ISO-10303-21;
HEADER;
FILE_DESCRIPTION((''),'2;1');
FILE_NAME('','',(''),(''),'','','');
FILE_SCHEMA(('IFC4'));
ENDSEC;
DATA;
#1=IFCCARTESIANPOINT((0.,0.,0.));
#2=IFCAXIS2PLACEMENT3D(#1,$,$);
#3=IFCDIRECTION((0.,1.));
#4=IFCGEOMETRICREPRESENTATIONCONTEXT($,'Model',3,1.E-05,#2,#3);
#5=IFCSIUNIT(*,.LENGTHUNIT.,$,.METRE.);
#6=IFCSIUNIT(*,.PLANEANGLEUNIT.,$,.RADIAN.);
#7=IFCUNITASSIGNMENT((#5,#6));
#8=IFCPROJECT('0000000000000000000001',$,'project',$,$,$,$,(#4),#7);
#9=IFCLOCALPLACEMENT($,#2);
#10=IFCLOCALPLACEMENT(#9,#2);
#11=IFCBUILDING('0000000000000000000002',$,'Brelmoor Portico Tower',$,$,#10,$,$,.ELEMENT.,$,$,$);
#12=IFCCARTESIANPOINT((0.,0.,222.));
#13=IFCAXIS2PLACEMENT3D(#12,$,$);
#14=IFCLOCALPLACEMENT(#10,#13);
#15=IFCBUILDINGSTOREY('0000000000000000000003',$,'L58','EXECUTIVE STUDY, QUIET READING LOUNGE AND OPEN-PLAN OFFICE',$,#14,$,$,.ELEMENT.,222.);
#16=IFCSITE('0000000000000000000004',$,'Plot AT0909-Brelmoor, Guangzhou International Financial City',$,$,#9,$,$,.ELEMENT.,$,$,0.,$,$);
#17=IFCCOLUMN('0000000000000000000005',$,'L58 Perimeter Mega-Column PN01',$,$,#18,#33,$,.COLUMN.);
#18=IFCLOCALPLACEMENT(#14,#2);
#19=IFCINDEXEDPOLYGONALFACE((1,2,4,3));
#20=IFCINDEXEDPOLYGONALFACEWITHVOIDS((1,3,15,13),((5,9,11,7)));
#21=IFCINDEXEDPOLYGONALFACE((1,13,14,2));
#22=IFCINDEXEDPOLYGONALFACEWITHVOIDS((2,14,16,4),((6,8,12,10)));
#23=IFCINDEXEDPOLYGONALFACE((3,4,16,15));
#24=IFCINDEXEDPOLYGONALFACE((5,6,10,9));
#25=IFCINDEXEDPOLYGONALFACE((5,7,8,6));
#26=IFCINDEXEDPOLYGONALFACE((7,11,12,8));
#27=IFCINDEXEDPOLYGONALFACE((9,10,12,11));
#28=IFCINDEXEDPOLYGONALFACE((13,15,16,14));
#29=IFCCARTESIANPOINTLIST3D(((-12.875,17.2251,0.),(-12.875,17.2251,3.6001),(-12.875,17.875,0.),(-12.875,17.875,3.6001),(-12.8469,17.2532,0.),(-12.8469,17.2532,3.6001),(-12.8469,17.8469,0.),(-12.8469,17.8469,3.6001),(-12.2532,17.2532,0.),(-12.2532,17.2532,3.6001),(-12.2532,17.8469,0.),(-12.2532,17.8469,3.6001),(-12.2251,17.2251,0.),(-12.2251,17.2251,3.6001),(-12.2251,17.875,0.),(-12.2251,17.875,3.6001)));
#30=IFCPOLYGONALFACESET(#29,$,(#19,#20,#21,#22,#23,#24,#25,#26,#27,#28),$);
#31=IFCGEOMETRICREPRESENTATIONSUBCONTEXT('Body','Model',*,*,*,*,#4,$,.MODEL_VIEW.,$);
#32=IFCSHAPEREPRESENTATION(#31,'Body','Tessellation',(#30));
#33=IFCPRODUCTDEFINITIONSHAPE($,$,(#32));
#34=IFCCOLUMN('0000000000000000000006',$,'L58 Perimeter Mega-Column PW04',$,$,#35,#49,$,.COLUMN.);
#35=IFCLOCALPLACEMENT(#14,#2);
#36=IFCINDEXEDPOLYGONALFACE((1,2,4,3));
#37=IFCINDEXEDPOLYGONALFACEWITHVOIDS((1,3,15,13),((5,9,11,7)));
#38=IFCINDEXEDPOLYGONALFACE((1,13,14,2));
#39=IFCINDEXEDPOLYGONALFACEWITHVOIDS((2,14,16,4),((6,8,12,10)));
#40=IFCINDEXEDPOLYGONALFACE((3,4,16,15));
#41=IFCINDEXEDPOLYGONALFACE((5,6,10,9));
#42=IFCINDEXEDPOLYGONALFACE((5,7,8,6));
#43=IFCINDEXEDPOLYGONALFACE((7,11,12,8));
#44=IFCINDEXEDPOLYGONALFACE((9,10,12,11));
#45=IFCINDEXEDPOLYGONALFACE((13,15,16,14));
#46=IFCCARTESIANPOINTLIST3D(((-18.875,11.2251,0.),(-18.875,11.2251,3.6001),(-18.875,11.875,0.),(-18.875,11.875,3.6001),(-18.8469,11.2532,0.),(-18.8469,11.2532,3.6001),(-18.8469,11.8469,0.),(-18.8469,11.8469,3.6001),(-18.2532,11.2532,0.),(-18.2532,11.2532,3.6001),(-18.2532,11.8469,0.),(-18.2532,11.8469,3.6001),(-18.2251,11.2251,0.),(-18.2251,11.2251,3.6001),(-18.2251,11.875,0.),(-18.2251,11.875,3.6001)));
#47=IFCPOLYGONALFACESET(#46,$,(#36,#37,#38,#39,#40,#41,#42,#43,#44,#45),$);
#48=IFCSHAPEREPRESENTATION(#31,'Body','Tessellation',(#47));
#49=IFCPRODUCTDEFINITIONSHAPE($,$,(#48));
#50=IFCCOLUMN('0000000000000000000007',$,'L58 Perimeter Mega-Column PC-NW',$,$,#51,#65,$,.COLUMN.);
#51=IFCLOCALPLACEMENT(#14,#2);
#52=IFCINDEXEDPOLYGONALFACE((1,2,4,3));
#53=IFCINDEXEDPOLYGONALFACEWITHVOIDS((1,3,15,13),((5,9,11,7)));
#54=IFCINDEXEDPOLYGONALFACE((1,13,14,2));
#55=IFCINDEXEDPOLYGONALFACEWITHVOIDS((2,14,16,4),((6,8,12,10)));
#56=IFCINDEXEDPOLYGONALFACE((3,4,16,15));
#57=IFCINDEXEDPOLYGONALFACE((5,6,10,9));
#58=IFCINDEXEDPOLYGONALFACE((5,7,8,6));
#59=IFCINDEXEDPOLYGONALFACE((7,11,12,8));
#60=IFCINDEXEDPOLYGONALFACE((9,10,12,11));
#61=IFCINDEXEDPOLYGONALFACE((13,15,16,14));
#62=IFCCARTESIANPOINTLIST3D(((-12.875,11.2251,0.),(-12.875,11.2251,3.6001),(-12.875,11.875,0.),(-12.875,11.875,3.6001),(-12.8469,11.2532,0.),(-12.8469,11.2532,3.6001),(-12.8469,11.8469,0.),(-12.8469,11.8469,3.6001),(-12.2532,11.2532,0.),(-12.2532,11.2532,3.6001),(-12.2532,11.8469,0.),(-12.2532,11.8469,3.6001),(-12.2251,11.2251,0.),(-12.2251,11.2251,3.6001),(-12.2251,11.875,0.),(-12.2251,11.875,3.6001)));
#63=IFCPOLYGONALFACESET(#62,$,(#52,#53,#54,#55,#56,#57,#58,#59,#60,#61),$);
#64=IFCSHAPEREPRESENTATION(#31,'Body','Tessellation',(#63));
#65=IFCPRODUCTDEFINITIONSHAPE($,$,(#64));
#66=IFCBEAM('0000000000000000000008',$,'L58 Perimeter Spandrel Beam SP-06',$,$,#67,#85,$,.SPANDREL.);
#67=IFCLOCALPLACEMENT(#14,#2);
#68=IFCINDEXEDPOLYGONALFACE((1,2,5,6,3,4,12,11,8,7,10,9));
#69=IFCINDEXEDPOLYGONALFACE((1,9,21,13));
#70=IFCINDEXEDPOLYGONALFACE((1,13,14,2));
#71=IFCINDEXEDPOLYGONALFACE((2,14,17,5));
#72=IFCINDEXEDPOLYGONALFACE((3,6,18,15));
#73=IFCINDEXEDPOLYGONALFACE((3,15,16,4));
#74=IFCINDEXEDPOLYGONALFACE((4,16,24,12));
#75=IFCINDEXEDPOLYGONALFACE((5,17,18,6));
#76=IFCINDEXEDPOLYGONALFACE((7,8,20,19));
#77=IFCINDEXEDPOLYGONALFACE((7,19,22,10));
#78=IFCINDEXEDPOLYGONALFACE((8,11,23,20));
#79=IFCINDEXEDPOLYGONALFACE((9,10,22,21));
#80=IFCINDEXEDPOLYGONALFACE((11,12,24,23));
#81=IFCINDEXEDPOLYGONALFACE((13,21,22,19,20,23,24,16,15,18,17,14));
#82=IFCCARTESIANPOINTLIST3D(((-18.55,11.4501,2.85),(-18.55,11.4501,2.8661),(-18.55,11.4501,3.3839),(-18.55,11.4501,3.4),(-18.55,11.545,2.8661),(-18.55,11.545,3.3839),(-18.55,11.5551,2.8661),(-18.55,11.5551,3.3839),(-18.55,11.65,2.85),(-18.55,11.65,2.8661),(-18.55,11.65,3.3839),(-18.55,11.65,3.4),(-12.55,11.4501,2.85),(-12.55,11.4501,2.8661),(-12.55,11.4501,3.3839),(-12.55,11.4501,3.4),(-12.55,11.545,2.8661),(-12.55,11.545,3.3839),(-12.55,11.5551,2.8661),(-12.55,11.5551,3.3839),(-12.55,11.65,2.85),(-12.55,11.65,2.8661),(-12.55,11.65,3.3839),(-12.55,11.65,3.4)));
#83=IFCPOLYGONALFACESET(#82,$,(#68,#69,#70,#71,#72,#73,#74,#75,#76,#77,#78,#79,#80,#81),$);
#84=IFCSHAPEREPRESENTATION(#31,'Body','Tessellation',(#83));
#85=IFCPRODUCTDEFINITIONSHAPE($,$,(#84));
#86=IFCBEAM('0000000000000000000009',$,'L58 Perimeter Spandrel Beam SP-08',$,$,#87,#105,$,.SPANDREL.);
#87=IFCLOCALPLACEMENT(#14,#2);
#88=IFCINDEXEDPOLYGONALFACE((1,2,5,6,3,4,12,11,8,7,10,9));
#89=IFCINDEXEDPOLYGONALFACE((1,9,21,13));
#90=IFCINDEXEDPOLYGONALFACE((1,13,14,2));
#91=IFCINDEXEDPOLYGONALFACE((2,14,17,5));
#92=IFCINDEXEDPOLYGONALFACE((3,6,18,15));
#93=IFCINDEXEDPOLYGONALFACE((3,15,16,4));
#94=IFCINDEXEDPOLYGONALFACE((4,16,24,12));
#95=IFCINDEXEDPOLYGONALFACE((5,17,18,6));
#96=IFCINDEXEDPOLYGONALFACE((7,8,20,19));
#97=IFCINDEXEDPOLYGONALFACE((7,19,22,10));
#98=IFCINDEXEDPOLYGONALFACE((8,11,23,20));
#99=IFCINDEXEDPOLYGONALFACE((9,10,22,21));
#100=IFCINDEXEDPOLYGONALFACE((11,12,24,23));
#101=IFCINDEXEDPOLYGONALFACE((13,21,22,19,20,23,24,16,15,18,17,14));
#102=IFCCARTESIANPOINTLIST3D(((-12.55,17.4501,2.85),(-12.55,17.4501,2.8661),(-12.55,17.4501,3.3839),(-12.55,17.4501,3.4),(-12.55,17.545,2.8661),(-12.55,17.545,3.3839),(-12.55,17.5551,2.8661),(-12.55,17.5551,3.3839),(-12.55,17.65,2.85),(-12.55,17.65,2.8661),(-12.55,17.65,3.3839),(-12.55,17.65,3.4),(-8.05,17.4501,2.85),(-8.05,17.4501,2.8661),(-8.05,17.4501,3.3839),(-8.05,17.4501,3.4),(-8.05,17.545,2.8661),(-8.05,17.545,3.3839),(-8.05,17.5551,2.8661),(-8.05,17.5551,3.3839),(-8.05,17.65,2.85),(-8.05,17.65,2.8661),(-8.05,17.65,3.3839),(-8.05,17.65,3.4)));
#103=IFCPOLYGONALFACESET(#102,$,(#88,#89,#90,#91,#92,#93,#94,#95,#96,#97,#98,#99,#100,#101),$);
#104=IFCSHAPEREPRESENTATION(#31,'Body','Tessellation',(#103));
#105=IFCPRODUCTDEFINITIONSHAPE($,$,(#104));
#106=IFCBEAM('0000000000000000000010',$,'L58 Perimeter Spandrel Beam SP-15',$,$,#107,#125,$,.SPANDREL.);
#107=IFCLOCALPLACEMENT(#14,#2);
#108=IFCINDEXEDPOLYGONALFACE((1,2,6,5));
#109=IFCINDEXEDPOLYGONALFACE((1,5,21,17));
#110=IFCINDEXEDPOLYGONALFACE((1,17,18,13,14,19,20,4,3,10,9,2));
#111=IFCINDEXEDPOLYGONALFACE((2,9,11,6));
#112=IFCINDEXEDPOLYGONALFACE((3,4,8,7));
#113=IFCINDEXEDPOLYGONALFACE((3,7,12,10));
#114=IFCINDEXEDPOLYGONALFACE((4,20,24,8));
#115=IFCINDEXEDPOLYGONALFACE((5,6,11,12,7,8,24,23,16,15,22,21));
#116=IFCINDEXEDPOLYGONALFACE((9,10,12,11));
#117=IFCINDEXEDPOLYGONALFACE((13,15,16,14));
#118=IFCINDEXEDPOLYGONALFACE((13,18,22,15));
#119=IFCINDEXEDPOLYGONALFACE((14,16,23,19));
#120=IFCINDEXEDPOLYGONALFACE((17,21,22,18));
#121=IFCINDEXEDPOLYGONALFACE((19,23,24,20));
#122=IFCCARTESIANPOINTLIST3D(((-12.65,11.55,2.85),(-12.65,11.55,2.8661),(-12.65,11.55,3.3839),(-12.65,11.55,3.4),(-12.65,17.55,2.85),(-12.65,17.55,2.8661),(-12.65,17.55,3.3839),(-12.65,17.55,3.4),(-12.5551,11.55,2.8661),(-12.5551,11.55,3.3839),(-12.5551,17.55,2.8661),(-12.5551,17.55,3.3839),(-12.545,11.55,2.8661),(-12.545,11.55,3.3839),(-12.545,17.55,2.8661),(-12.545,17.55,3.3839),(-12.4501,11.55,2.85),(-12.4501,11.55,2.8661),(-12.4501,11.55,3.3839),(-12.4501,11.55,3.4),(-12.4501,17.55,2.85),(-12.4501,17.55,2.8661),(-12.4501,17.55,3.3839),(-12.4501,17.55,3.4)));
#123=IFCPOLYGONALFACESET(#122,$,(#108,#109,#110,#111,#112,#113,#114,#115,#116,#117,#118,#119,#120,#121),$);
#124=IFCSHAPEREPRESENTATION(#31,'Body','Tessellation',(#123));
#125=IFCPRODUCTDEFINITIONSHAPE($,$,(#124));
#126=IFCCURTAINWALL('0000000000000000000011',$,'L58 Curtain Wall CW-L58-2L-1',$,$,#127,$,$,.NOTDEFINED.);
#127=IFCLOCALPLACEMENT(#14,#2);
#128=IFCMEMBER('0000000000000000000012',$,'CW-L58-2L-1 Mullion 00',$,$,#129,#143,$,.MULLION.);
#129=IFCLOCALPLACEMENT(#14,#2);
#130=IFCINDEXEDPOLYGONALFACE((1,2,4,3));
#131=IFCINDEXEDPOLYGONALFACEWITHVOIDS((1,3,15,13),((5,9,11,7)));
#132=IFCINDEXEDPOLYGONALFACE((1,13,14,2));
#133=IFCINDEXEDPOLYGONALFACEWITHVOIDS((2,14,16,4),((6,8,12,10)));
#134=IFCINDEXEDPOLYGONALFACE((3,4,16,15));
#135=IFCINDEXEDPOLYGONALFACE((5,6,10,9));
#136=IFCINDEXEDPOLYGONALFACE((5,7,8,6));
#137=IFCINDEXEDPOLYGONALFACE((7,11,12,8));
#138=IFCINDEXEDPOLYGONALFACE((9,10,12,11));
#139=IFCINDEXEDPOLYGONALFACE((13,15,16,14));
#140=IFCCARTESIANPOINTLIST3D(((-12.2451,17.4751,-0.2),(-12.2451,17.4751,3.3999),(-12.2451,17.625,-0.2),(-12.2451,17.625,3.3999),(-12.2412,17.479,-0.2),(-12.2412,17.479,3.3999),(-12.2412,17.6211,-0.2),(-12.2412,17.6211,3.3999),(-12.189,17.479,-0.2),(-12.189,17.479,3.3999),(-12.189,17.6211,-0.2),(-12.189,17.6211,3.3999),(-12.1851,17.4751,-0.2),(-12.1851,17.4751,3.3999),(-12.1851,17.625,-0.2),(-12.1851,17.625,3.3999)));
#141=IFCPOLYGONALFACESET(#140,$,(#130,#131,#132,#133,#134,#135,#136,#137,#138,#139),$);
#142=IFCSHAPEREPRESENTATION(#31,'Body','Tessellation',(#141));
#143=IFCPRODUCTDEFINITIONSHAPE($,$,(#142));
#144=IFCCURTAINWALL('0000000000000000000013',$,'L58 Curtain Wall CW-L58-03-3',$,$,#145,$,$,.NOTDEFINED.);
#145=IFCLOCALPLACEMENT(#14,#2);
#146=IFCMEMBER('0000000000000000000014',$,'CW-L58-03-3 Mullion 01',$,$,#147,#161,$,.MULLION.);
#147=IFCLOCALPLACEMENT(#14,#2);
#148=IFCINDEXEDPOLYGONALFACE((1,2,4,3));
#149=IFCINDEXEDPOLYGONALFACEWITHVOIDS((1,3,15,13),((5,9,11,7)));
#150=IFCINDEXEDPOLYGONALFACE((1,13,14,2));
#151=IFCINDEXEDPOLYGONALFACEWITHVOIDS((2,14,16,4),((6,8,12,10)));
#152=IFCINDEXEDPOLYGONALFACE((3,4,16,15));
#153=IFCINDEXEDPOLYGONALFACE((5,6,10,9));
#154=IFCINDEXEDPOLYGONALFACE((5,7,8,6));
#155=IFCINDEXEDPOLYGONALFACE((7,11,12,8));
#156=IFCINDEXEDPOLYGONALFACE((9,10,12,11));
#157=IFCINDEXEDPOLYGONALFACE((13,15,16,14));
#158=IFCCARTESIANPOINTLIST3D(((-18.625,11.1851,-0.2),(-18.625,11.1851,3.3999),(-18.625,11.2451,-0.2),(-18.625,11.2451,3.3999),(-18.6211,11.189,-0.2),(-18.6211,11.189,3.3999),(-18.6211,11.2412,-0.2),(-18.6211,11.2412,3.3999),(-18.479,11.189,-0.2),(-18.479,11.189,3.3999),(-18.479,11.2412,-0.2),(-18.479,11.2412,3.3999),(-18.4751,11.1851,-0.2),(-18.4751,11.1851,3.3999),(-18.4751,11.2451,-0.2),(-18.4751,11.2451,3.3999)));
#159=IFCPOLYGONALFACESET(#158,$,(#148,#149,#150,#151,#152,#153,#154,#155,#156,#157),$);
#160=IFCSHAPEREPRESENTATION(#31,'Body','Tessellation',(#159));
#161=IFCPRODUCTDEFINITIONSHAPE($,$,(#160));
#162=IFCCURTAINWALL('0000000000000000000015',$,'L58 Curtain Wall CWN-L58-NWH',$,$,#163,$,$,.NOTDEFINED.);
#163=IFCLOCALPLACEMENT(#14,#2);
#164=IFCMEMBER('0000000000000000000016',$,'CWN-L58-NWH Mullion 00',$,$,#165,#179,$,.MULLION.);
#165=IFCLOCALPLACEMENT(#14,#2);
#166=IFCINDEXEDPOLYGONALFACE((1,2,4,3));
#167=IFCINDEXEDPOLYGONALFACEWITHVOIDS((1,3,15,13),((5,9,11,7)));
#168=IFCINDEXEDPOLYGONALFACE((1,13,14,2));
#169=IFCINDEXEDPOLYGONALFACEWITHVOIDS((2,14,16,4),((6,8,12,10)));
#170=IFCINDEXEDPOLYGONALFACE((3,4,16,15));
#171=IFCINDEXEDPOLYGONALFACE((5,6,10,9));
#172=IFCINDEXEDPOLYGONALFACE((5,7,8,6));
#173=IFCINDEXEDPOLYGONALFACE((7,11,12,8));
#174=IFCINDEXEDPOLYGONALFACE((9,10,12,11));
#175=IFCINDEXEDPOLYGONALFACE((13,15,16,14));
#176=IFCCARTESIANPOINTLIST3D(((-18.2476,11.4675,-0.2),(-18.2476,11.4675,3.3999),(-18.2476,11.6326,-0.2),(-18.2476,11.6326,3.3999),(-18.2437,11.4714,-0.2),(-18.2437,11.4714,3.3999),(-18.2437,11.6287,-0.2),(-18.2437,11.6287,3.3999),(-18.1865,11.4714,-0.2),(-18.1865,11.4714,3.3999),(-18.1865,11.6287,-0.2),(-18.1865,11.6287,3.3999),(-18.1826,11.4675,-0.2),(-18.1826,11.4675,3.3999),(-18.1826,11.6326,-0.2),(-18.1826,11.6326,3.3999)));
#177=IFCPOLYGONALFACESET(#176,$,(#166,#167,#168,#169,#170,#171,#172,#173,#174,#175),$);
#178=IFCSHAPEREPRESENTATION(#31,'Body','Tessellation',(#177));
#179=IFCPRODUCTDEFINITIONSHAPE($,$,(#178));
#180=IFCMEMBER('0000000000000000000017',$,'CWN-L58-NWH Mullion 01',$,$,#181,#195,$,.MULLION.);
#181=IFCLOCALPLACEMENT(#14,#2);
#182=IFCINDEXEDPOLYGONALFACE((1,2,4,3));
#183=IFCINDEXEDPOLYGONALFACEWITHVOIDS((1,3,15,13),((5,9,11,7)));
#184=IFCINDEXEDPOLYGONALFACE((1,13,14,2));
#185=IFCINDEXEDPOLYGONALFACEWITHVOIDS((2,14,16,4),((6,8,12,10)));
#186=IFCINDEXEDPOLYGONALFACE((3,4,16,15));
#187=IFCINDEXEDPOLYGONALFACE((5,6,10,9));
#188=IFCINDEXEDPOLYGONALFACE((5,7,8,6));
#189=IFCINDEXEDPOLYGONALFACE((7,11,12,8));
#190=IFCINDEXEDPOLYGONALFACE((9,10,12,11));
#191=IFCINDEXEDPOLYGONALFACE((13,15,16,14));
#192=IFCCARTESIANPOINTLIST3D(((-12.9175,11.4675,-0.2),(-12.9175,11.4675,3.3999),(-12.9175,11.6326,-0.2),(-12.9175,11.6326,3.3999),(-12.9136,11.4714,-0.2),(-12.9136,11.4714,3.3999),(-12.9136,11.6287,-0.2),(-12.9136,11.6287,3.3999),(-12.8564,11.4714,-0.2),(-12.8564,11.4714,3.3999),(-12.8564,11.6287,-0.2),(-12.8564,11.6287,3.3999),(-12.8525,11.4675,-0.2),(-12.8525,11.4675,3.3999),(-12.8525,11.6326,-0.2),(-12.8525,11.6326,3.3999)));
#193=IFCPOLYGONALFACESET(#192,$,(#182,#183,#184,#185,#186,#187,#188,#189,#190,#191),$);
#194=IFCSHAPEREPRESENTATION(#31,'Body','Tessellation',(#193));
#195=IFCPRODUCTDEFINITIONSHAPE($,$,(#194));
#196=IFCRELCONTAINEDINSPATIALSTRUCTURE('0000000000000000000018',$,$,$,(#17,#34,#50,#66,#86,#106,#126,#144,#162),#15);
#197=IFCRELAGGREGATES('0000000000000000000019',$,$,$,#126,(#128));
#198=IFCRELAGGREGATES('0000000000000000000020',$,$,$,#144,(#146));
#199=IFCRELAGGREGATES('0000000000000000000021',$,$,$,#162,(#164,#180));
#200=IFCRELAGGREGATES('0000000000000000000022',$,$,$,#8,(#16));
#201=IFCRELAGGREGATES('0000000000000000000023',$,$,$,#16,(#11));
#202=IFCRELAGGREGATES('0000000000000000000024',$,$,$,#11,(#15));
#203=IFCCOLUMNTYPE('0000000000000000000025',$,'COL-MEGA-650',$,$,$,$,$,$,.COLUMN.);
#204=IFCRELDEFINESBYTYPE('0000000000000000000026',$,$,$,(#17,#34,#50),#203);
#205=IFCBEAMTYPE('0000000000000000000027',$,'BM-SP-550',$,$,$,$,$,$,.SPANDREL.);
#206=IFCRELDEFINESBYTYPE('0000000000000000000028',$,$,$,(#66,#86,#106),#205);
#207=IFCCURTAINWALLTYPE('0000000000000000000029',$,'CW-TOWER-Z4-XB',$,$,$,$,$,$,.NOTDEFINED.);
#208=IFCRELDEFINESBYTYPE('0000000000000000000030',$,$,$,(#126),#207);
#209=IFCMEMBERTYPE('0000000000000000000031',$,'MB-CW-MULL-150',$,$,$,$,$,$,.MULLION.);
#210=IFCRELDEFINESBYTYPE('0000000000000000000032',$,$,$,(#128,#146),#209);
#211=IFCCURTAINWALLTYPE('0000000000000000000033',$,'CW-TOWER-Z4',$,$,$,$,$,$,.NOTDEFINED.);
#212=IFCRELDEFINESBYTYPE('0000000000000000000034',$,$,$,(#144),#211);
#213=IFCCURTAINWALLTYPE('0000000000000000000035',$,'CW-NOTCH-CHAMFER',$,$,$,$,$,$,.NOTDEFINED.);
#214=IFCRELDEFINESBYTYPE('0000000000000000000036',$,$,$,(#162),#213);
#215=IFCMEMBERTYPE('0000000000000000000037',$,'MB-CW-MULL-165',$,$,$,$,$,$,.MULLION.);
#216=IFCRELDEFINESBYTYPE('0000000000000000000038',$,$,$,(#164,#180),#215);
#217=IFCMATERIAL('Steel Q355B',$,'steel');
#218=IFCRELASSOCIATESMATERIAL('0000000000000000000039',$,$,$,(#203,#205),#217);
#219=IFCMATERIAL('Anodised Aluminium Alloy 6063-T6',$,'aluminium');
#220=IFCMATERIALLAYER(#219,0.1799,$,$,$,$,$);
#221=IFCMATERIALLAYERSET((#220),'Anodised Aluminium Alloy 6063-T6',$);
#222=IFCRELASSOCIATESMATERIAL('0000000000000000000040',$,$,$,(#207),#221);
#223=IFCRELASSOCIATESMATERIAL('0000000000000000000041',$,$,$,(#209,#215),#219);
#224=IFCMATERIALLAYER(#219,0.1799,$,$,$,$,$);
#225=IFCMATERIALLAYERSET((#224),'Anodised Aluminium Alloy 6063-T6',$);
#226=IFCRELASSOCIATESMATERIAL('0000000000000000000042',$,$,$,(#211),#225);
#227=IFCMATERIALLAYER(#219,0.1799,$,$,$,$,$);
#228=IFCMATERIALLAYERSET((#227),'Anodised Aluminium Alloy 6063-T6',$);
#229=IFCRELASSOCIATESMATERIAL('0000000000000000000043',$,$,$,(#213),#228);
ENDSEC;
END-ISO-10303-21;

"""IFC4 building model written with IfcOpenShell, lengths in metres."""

from ifc_helpers import new_model, si_unit, direction, frame, origin, origin_2d, place, context, subcontext, project, spatial, hollow_rectangle, i_section, extrude, material, layer, layer_set, material_profile, profile_set, type_object, element, aggregate, save


model = new_model("IFC4")

# Units and contexts
model_context = context("Model", 3, precision=1e-05, world=origin(), true_north=direction((0.0, 1.0)))
body_context = subcontext(model_context, "Body", "Model", "MODEL_VIEW")
ifc_project = project(units=[si_unit("LENGTHUNIT", "METRE"), si_unit("PLANEANGLEUNIT", "RADIAN")], contexts=[model_context])

# Site, building, storey
site_placement = place(None, origin())
site = spatial("IfcSite", under=ifc_project, at=site_placement, Name="Plot AT0909-Brelmoor, Guangzhou International Financial City", CompositionType="ELEMENT", RefElevation=0.0)
building_placement = place(site_placement, origin())
building = spatial("IfcBuilding", under=site, at=building_placement, Name="Brelmoor Portico Tower", CompositionType="ELEMENT")
storey_placement = place(building_placement, frame((0.0, 0.0, 222.0)))
storey = spatial("IfcBuildingStorey", under=building, at=storey_placement, Name="L58", Description="EXECUTIVE STUDY, QUIET READING LOUNGE AND OPEN-PLAN OFFICE", CompositionType="ELEMENT", Elevation=222.0)

# Columns
ifc_material_1 = material(Name="Steel Q355B", Category="steel")
ifc_material_profile_1 = material_profile(ifc_material_1, hollow_rectangle(XDim=0.6499, YDim=0.6499, WallThickness=0.0281, at=origin_2d()), Name="BOX 650x650x28")
ifc_profile_set_1 = profile_set([ifc_material_profile_1], Name="Steel Q355B")
column_type = type_object("IfcColumnType", Name="COL-MEGA-650", PredefinedType="COLUMN", material=ifc_profile_set_1)
for number, where, z_axis, x_axis, name in (
    (1, (-12.55, 17.55, 0.0), (0.0, 0.0, 1.0), (1.0, 0.0, 0.0), "L58 Perimeter Mega-Column PN01"),
    (2, (-18.55, 11.55, 0.0), (0.0, 0.0, 1.0), (0.0, 1.0, 0.0), "L58 Perimeter Mega-Column PW04"),
    (3, (-12.55, 11.55, 0.0), (0.0, 0.0, 1.0), (1.0, 0.0, 0.0), "L58 Perimeter Mega-Column PC-NW"),
):
    element("IfcColumn", number, at=place(storey_placement, frame(where, z_axis=z_axis, x_axis=x_axis)), inside=storey, type_object=column_type, Name=name, PredefinedType="COLUMN", context=body_context, shape_type="SweptSolid", body=[
        extrude(hollow_rectangle(XDim=0.6499, YDim=0.6499, WallThickness=0.0281, at=origin_2d()), origin(), (0.0, 0.0, 1.0), 3.6001),
    ])

# Beams
ifc_material_profile_2 = material_profile(ifc_material_1, i_section(OverallWidth=0.2, OverallDepth=0.55, WebThickness=0.01, FlangeThickness=0.0161, at=origin_2d()), Name="HN 550x200x10x16")
ifc_profile_set_2 = profile_set([ifc_material_profile_2], Name="Steel Q355B")
beam_type = type_object("IfcBeamType", Name="BM-SP-550", PredefinedType="SPANDREL", material=ifc_profile_set_2)
beam_1_placement = place(storey_placement, frame((-18.55, 11.55, 3.125), z_axis=(1.0, 0.0, 0.0), x_axis=(0.0, 1.0, 0.0)))
element("IfcBeam", 4, at=beam_1_placement, inside=storey, type_object=beam_type, Name="L58 Perimeter Spandrel Beam SP-06", PredefinedType="SPANDREL", context=body_context, shape_type="SweptSolid", body=[
    extrude(i_section(OverallWidth=0.2, OverallDepth=0.55, WebThickness=0.01, FlangeThickness=0.0161, at=origin_2d()), origin(), (0.0, 0.0, 1.0), 6.0),
])
beam_2_placement = place(storey_placement, frame((-12.55, 17.55, 3.125), z_axis=(1.0, 0.0, 0.0), x_axis=(0.0, 1.0, 0.0)))
element("IfcBeam", 5, at=beam_2_placement, inside=storey, type_object=beam_type, Name="L58 Perimeter Spandrel Beam SP-08", PredefinedType="SPANDREL", context=body_context, shape_type="SweptSolid", body=[
    extrude(i_section(OverallWidth=0.2, OverallDepth=0.55, WebThickness=0.01, FlangeThickness=0.0161, at=origin_2d()), origin(), (0.0, 0.0, 1.0), 4.5),
])
beam_3_placement = place(storey_placement, frame((-12.55, 11.55, 3.125), z_axis=(0.0, 1.0, 0.0), x_axis=(-1.0, 0.0, 0.0)))
element("IfcBeam", 6, at=beam_3_placement, inside=storey, type_object=beam_type, Name="L58 Perimeter Spandrel Beam SP-15", PredefinedType="SPANDREL", context=body_context, shape_type="SweptSolid", body=[
    extrude(i_section(OverallWidth=0.2, OverallDepth=0.55, WebThickness=0.01, FlangeThickness=0.0161, at=origin_2d()), origin(), (0.0, 0.0, 1.0), 6.0),
])

# Curtain walls, members
ifc_material_2 = material(Name="Anodised Aluminium Alloy 6063-T6", Category="aluminium")
ifc_layer_1 = layer(ifc_material_2, 0.1799)
ifc_layer_set_1 = layer_set([ifc_layer_1], Name="Anodised Aluminium Alloy 6063-T6")
curtain_wall_type_1 = type_object("IfcCurtainWallType", Name="CW-TOWER-Z4-XB", PredefinedType="NOTDEFINED", material=ifc_layer_set_1)
curtain_wall_1_placement = place(storey_placement, origin())
curtain_wall_1 = element("IfcCurtainWall", 7, at=curtain_wall_1_placement, inside=storey, type_object=curtain_wall_type_1, Name="L58 Curtain Wall CW-L58-2L-1", PredefinedType="NOTDEFINED")
ifc_material_profile_3 = material_profile(ifc_material_2, hollow_rectangle(XDim=0.0601, YDim=0.1499, WallThickness=0.0039, at=origin_2d()), Name="ALU MULLION 60x150")
ifc_profile_set_3 = profile_set([ifc_material_profile_3], Name="Anodised Aluminium Alloy 6063-T6")
member_type_1 = type_object("IfcMemberType", Name="MB-CW-MULL-150", PredefinedType="MULLION", material=ifc_profile_set_3)
member_1_placement = place(storey_placement, frame((-12.2151, 17.55, -0.2), z_axis=(0.0, 0.0, 1.0), x_axis=(1.0, 0.0, 0.0)))
member_1 = element("IfcMember", 8, at=member_1_placement, type_object=member_type_1, Name="CW-L58-2L-1 Mullion 00", PredefinedType="MULLION", context=body_context, shape_type="SweptSolid", body=[
    extrude(hollow_rectangle(XDim=0.0601, YDim=0.1499, WallThickness=0.0039, at=origin_2d()), origin(), (0.0, 0.0, 1.0), 3.5999),
])
ifc_layer_2 = layer(ifc_material_2, 0.1799)
ifc_layer_set_2 = layer_set([ifc_layer_2], Name="Anodised Aluminium Alloy 6063-T6")
curtain_wall_type_2 = type_object("IfcCurtainWallType", Name="CW-TOWER-Z4", PredefinedType="NOTDEFINED", material=ifc_layer_set_2)
curtain_wall_2_placement = place(storey_placement, origin())
curtain_wall_2 = element("IfcCurtainWall", 9, at=curtain_wall_2_placement, inside=storey, type_object=curtain_wall_type_2, Name="L58 Curtain Wall CW-L58-03-3", PredefinedType="NOTDEFINED")
member_2_placement = place(storey_placement, frame((-18.55, 11.2151, -0.2), z_axis=(0.0, 0.0, 1.0), x_axis=(0.0, 1.0, 0.0)))
member_2 = element("IfcMember", 10, at=member_2_placement, type_object=member_type_1, Name="CW-L58-03-3 Mullion 01", PredefinedType="MULLION", context=body_context, shape_type="SweptSolid", body=[
    extrude(hollow_rectangle(XDim=0.0601, YDim=0.1499, WallThickness=0.0039, at=origin_2d()), origin(), (0.0, 0.0, 1.0), 3.5999),
])

# Curtain wall, members
ifc_layer_3 = layer(ifc_material_2, 0.1799)
ifc_layer_set_3 = layer_set([ifc_layer_3], Name="Anodised Aluminium Alloy 6063-T6")
curtain_wall_type_3 = type_object("IfcCurtainWallType", Name="CW-NOTCH-CHAMFER", PredefinedType="NOTDEFINED", material=ifc_layer_set_3)
curtain_wall_3_placement = place(storey_placement, origin())
curtain_wall_3 = element("IfcCurtainWall", 11, at=curtain_wall_3_placement, inside=storey, type_object=curtain_wall_type_3, Name="L58 Curtain Wall CWN-L58-NWH", PredefinedType="NOTDEFINED")
ifc_material_profile_4 = material_profile(ifc_material_2, hollow_rectangle(XDim=0.0649, YDim=0.165, WallThickness=0.0039, at=origin_2d()), Name="ALU MULLION 65x165")
ifc_profile_set_4 = profile_set([ifc_material_profile_4], Name="Anodised Aluminium Alloy 6063-T6")
member_type_2 = type_object("IfcMemberType", Name="MB-CW-MULL-165", PredefinedType="MULLION", material=ifc_profile_set_4)
member_3_placement = place(storey_placement, frame((-18.2151, 11.55, -0.2), z_axis=(0.0, 0.0, 1.0), x_axis=(1.0, 0.0, 0.0)))
member_3 = element("IfcMember", 12, at=member_3_placement, type_object=member_type_2, Name="CWN-L58-NWH Mullion 00", PredefinedType="MULLION", context=body_context, shape_type="SweptSolid", body=[
    extrude(hollow_rectangle(XDim=0.0649, YDim=0.165, WallThickness=0.0039, at=origin_2d()), origin(), (0.0, 0.0, 1.0), 3.5999),
])
member_4_placement = place(storey_placement, frame((-12.885, 11.55, -0.2), z_axis=(0.0, 0.0, 1.0), x_axis=(1.0, 0.0, 0.0)))
member_4 = element("IfcMember", 13, at=member_4_placement, type_object=member_type_2, Name="CWN-L58-NWH Mullion 01", PredefinedType="MULLION", context=body_context, shape_type="SweptSolid", body=[
    extrude(hollow_rectangle(XDim=0.0649, YDim=0.165, WallThickness=0.0039, at=origin_2d()), origin(), (0.0, 0.0, 1.0), 3.5999),
])

aggregate(curtain_wall_1, [member_1])

aggregate(curtain_wall_2, [member_2])
aggregate(curtain_wall_3, [member_3, member_4])

save(model, "model.ifc")
